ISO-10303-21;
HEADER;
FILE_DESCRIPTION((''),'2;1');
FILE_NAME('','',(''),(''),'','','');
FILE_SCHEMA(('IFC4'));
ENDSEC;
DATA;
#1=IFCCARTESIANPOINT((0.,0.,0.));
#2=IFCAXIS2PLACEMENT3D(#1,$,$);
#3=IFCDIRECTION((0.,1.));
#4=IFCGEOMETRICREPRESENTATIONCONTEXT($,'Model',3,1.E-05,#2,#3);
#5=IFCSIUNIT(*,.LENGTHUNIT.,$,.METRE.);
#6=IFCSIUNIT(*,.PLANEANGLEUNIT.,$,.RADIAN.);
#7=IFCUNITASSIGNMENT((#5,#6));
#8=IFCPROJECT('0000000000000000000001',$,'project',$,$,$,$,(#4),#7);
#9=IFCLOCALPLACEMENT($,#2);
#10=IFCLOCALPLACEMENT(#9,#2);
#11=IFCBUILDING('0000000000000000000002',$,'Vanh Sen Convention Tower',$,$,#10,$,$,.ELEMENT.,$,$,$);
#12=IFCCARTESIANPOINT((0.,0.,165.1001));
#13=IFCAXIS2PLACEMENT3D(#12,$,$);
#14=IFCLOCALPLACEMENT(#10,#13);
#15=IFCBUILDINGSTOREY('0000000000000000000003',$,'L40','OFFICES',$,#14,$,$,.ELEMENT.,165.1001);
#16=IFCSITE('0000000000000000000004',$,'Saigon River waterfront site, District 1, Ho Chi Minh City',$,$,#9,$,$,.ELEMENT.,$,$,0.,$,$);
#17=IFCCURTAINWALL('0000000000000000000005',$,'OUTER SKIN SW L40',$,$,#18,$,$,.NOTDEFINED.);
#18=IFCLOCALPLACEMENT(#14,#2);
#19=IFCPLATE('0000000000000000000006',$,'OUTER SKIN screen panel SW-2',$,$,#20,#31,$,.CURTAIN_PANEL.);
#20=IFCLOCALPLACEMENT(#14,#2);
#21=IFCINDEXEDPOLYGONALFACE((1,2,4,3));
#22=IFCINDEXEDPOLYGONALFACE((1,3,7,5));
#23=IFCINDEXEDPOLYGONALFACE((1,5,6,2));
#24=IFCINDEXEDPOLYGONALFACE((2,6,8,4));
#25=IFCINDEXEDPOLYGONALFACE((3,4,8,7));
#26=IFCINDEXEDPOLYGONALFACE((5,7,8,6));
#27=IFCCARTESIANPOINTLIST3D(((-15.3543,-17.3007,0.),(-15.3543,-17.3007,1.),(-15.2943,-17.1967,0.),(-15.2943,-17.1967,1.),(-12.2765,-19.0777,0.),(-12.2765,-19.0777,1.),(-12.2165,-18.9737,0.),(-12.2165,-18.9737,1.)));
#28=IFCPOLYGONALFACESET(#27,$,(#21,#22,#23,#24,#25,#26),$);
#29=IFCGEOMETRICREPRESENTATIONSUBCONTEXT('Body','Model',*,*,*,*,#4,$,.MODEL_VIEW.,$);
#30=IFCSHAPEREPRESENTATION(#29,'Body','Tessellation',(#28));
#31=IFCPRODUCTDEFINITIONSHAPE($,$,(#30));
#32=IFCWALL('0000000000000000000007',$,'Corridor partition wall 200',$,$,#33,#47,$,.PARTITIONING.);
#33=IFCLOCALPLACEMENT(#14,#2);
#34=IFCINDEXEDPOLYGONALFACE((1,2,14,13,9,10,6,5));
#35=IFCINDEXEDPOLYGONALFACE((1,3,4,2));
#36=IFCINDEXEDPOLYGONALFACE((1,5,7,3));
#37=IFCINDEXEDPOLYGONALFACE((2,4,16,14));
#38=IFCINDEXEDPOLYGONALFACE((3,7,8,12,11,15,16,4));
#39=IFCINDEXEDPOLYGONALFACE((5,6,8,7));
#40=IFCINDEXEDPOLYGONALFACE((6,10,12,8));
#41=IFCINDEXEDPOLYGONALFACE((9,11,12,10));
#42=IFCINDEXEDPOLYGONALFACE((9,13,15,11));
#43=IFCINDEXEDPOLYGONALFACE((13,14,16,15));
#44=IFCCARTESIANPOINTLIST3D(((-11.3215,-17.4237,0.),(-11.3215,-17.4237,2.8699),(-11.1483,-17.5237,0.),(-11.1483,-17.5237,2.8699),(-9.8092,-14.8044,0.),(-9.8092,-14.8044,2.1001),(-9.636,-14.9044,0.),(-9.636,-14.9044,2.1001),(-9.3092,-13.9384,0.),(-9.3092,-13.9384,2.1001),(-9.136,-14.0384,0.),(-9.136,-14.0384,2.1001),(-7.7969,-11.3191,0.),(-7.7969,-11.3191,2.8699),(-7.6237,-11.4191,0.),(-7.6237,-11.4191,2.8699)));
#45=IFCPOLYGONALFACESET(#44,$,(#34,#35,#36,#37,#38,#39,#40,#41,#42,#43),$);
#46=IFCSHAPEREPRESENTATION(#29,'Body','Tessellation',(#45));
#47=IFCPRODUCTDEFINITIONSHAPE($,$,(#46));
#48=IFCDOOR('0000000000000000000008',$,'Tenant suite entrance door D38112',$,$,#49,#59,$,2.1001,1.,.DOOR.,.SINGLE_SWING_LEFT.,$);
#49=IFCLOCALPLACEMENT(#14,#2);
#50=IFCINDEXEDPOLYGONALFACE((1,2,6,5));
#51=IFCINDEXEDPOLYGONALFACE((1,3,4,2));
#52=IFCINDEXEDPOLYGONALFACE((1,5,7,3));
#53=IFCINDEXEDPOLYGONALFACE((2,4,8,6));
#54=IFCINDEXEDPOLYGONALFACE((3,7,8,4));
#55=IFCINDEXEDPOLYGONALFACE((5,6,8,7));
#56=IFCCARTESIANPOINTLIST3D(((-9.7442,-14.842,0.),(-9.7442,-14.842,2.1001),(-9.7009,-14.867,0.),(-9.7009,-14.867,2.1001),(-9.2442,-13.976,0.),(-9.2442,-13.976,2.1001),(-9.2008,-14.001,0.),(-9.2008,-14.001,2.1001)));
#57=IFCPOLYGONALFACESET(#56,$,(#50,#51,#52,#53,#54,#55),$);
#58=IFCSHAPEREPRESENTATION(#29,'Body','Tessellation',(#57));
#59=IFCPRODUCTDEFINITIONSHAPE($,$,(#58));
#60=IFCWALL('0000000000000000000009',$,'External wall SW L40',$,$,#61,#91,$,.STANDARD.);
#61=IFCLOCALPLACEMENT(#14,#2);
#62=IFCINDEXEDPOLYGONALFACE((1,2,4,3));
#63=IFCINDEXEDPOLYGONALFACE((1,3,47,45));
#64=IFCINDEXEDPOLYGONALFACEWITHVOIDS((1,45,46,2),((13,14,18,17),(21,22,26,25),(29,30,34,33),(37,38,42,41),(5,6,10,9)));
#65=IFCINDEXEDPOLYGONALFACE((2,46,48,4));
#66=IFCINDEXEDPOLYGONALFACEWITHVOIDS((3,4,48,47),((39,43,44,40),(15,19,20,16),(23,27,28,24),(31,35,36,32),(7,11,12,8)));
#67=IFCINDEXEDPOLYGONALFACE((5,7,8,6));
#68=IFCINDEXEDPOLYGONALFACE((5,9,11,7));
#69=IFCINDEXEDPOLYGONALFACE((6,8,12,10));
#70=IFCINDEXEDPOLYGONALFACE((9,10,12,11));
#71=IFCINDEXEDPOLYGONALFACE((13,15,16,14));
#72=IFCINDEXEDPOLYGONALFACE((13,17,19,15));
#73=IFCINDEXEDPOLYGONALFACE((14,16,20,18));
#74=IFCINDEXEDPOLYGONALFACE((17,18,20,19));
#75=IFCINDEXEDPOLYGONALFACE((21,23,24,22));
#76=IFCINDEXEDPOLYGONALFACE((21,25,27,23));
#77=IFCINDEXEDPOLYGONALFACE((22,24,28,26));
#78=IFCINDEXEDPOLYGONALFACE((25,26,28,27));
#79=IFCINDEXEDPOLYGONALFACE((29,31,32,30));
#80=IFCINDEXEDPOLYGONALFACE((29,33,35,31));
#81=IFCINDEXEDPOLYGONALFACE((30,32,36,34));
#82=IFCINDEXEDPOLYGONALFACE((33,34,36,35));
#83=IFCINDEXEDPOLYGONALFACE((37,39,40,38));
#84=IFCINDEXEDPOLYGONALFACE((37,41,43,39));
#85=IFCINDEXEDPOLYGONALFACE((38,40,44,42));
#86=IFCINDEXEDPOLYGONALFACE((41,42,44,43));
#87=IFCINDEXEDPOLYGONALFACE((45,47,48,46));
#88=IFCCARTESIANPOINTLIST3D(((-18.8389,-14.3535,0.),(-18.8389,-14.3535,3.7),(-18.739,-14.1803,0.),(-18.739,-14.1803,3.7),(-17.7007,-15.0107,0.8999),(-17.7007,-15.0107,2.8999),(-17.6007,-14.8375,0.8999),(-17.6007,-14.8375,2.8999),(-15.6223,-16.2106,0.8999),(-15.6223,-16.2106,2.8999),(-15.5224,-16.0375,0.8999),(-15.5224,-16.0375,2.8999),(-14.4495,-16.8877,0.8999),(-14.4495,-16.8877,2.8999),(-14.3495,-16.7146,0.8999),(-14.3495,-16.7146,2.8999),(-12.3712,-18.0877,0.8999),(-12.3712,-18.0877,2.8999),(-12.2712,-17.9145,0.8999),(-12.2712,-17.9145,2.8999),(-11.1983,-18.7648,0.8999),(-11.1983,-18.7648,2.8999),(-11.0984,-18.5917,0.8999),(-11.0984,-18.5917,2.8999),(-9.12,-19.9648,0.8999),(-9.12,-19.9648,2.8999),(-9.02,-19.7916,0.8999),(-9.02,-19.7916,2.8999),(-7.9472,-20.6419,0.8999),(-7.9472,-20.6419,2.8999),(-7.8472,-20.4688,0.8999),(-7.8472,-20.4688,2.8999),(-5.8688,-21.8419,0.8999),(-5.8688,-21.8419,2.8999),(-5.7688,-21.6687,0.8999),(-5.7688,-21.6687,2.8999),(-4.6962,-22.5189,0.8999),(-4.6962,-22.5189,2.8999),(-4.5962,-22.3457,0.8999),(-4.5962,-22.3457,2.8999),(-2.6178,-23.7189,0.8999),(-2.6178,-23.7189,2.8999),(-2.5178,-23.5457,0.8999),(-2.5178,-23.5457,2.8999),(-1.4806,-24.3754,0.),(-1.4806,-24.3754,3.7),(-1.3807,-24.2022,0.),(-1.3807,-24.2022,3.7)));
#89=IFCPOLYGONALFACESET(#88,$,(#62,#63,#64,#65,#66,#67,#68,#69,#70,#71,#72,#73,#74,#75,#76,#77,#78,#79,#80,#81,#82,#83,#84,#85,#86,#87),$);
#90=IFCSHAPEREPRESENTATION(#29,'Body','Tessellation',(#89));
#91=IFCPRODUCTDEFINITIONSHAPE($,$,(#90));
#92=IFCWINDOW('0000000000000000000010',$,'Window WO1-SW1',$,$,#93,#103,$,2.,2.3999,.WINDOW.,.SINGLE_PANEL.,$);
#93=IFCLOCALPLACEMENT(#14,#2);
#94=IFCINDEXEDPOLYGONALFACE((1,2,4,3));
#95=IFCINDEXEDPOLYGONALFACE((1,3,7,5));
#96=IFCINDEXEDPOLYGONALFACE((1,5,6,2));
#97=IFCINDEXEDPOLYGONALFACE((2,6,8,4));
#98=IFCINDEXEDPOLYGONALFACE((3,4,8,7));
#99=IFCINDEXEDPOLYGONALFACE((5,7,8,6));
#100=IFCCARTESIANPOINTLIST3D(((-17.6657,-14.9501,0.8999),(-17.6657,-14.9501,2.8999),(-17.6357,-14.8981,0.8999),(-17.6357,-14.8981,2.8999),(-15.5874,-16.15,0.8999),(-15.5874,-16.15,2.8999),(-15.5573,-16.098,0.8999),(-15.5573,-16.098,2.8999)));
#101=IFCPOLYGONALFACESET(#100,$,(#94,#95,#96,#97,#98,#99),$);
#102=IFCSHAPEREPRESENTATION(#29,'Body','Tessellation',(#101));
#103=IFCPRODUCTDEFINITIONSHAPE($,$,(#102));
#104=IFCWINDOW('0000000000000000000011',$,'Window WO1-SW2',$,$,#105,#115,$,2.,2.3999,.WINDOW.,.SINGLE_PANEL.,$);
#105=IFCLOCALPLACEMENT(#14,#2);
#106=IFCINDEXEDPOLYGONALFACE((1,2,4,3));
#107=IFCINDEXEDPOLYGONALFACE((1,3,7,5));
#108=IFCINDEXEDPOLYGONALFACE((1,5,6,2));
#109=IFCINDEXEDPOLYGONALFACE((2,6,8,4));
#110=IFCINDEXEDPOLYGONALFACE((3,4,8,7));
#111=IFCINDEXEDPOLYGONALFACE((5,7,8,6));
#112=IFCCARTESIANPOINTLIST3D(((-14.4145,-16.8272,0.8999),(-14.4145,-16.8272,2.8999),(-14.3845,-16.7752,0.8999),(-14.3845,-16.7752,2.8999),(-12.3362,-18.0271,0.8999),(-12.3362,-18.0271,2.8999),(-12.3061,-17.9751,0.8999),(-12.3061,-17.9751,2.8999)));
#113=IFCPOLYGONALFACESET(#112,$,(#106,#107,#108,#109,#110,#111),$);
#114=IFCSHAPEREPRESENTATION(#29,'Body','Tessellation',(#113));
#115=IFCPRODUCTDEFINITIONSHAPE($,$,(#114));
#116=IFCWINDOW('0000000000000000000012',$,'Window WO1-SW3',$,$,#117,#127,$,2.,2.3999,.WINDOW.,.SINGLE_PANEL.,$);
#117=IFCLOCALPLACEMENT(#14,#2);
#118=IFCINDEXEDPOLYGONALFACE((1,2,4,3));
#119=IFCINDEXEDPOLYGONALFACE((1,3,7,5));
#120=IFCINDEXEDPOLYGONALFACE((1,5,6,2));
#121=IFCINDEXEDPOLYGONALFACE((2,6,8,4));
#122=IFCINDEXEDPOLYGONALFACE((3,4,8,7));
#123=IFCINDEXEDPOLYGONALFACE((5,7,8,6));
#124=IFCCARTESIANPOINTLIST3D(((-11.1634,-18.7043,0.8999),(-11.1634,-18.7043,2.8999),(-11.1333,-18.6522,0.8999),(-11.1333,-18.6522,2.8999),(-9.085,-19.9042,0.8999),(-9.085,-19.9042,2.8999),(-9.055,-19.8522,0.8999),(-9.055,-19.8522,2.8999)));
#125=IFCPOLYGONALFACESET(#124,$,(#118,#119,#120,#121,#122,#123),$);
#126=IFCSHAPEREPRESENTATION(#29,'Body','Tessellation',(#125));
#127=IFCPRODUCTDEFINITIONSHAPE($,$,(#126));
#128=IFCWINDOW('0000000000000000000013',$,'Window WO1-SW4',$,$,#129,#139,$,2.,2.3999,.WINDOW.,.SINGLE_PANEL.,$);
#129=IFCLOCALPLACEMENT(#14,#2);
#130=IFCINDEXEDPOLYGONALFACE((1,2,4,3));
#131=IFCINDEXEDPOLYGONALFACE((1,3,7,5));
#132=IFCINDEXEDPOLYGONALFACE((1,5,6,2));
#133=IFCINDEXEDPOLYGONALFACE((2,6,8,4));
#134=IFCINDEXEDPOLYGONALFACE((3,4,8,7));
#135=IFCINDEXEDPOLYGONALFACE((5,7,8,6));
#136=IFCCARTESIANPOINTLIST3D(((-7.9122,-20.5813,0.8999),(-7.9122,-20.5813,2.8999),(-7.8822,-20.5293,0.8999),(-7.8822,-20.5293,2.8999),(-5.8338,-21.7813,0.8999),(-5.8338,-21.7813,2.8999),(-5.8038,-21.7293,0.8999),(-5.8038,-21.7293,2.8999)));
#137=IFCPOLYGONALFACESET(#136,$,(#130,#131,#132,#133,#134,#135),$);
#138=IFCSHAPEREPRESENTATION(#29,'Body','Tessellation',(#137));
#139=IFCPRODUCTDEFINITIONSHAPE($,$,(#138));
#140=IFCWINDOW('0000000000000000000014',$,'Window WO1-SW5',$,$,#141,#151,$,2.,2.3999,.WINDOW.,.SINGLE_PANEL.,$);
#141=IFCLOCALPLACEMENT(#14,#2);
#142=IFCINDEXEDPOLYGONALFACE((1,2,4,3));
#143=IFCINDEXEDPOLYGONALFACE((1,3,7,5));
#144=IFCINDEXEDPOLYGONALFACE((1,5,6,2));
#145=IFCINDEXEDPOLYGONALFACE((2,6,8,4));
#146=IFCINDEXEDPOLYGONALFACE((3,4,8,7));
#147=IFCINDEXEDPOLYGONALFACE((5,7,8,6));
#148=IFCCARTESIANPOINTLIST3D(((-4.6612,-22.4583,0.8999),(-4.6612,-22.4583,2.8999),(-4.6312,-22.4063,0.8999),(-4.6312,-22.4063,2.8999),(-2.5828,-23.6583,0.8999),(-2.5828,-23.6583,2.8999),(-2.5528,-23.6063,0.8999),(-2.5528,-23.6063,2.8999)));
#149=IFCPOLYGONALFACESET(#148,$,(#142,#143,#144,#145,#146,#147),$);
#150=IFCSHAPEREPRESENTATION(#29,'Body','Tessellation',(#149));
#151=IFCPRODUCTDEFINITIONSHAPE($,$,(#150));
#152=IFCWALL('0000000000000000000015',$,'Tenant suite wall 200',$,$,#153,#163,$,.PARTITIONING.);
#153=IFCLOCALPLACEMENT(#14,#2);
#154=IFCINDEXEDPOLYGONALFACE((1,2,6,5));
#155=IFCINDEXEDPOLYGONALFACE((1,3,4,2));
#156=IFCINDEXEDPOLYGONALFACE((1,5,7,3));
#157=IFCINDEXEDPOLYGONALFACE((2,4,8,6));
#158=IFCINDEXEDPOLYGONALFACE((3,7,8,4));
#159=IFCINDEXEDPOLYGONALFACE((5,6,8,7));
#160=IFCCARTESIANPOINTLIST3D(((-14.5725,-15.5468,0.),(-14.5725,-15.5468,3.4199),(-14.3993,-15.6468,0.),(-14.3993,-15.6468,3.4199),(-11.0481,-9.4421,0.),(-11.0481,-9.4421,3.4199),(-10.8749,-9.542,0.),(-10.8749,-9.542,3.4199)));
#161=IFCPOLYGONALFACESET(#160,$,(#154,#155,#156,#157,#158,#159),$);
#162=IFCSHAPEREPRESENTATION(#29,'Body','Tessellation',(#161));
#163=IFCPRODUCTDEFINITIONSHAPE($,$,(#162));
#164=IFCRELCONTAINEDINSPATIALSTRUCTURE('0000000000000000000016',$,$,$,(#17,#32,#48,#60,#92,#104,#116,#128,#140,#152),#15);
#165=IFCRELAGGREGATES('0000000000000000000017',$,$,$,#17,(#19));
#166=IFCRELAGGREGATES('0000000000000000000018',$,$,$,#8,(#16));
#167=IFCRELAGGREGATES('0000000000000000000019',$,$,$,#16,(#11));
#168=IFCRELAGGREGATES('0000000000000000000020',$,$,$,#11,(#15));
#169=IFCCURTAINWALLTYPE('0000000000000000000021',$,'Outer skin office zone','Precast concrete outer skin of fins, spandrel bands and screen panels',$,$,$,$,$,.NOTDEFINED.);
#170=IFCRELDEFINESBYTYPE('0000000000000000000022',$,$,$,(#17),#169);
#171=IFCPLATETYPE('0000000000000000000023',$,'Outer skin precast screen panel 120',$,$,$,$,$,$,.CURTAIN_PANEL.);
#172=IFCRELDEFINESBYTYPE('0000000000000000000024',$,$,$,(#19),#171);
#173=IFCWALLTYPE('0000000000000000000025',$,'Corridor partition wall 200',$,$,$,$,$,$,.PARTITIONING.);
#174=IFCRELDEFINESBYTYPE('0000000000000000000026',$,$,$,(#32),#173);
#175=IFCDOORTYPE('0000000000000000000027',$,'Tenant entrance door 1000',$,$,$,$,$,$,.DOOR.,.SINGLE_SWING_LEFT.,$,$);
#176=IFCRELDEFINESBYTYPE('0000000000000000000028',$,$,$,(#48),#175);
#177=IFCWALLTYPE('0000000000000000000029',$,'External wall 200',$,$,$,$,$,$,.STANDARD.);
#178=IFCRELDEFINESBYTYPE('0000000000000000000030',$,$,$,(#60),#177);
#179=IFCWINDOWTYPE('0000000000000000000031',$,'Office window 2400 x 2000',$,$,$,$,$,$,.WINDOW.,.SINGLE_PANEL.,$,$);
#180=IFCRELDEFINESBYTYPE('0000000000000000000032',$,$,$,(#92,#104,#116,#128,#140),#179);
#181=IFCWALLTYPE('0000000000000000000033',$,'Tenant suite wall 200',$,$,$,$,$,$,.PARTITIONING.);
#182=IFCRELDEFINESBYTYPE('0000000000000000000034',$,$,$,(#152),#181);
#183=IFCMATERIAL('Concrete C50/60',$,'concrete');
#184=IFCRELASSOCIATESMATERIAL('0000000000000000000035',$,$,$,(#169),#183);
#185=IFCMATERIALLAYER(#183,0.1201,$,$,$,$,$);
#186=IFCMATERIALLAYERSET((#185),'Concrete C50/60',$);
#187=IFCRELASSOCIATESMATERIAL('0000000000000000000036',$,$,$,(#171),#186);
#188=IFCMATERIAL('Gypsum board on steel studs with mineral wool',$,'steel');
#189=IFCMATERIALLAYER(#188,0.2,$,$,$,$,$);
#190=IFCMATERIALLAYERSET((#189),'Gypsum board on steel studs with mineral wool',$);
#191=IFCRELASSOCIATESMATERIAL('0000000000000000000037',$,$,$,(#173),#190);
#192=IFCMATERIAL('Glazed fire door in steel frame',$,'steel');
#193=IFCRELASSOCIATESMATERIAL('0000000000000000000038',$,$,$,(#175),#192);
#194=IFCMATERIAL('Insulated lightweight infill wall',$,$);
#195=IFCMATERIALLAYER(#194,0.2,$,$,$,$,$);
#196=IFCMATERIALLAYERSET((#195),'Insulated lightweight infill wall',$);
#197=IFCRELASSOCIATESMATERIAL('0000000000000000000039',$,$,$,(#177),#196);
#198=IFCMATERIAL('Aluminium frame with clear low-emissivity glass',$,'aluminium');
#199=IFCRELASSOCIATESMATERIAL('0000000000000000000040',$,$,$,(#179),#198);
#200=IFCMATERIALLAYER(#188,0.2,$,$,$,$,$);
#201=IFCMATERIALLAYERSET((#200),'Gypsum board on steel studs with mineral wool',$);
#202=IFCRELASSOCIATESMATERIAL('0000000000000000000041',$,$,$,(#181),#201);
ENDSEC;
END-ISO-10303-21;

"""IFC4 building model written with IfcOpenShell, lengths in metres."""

from ifc_helpers import new_model, si_unit, direction, frame, frame_2d, origin, origin_2d, place, context, subcontext, project, spatial, rectangle, extrude, material, layer, layer_set, type_object, element, fill, aggregate, save


model = new_model("IFC4")

# Units and contexts
model_context = context("Model", 3, precision=1e-05, world=origin(), true_north=direction((0.0, 1.0)))
body_context = subcontext(model_context, "Body", "Model", "MODEL_VIEW")
ifc_project = project(units=[si_unit("LENGTHUNIT", "METRE"), si_unit("PLANEANGLEUNIT", "RADIAN")], contexts=[model_context])

# Site, building, storey
site_placement = place(None, origin())
site = spatial("IfcSite", under=ifc_project, at=site_placement, Name="Saigon River waterfront site, District 1, Ho Chi Minh City", CompositionType="ELEMENT", RefElevation=0.0)
building_placement = place(site_placement, origin())
building = spatial("IfcBuilding", under=site, at=building_placement, Name="Vanh Sen Convention Tower", CompositionType="ELEMENT")
storey_placement = place(building_placement, frame((0.0, 0.0, 165.1001)))
storey = spatial("IfcBuildingStorey", under=building, at=storey_placement, Name="L40", Description="OFFICES", CompositionType="ELEMENT", Elevation=165.1001)

# Curtain wall
ifc_material_1 = material(Name="Concrete C50/60", Category="concrete")
curtain_wall_type = type_object("IfcCurtainWallType", Name="Outer skin office zone", Description="Precast concrete outer skin of fins, spandrel bands and screen panels", PredefinedType="NOTDEFINED", material=ifc_material_1)
curtain_wall_placement = place(storey_placement, origin())
curtain_wall = element("IfcCurtainWall", 1, at=curtain_wall_placement, inside=storey, type_object=curtain_wall_type, Name="OUTER SKIN SW L40", PredefinedType="NOTDEFINED")

# Plate
ifc_layer_1 = layer(ifc_material_1, 0.1201)
ifc_layer_set_1 = layer_set([ifc_layer_1], Name="Concrete C50/60")
plate_type = type_object("IfcPlateType", Name="Outer skin precast screen panel 120", PredefinedType="CURTAIN_PANEL", material=ifc_layer_set_1)
plate_1_placement = place(storey_placement, frame((-13.7854, -18.1372, 0.0), z_axis=(0.0, 0.0, 1.0), x_axis=(0.866028, -0.499995, 0.0)))
plate_1 = element("IfcPlate", 2, at=plate_1_placement, type_object=plate_type, Name="OUTER SKIN screen panel SW-2", PredefinedType="CURTAIN_PANEL", context=body_context, shape_type="SweptSolid", body=[
    extrude(rectangle(XDim=3.554, YDim=0.1201, at=origin_2d()), origin(), (0.0, 0.0, 1.0), 1.0),
])
aggregate(curtain_wall, [plate_1])

# Wall, opening, door
ifc_material_2 = material(Name="Gypsum board on steel studs with mineral wool", Category="steel")
ifc_layer_2 = layer(ifc_material_2, 0.2)
ifc_layer_set_2 = layer_set([ifc_layer_2], Name="Gypsum board on steel studs with mineral wool")
wall_type_1 = type_object("IfcWallType", Name="Corridor partition wall 200", PredefinedType="PARTITIONING", material=ifc_layer_set_2)
wall_1_placement = place(storey_placement, frame((-11.2349, -17.4736, 0.0), z_axis=(0.0, 0.0, 1.0), x_axis=(0.500009, 0.86602, 0.0)))
wall_1 = element("IfcWall", 3, at=wall_1_placement, inside=storey, type_object=wall_type_1, Name="Corridor partition wall 200", PredefinedType="PARTITIONING", context=body_context, shape_type="SweptSolid", body=[
    extrude(rectangle(XDim=7.0491, YDim=0.2, at=frame_2d((3.5244, 0.0))), origin(), (0.0, 0.0, 1.0), 2.8699),
])
opening_1_placement = place(wall_1_placement, frame((3.0244, 0.0, 0.0)))
opening_1 = element("IfcOpeningElement", 4, at=opening_1_placement, cuts=wall_1, PredefinedType="OPENING", context=body_context, shape_type="SweptSolid", body=[
    extrude(rectangle(XDim=1.0, YDim=2.1001, at=frame_2d((0.5, 1.05))), frame((0.0, 0.1099, 0.0), z_axis=(0.0, -1.0, 0.0), x_axis=(1.0, 0.0, 0.0)), (0.0, 0.0, 1.0), 0.22),
])
ifc_material_3 = material(Name="Glazed fire door in steel frame", Category="steel")
door_type = type_object("IfcDoorType", Name="Tenant entrance door 1000", OperationType="SINGLE_SWING_LEFT", PredefinedType="DOOR", material=ifc_material_3)
door_placement = place(opening_1_placement, origin())
door = element("IfcDoor", 5, at=door_placement, inside=storey, type_object=door_type, Name="Tenant suite entrance door D38112", OperationType="SINGLE_SWING_LEFT", OverallHeight=2.1001, OverallWidth=1.0, PredefinedType="DOOR", context=body_context, shape_type="SweptSolid", body=[
    extrude(rectangle(XDim=1.0, YDim=2.1001, at=frame_2d((0.5, 1.05))), frame((0.0, 0.0249, 0.0), z_axis=(0.0, -1.0, 0.0), x_axis=(1.0, 0.0, 0.0)), (0.0, 0.0, 1.0), 0.05),
])
fill(opening_1, door)

# Wall, openings, windows
ifc_material_4 = material(Name="Insulated lightweight infill wall")
ifc_layer_3 = layer(ifc_material_4, 0.2)
ifc_layer_set_3 = layer_set([ifc_layer_3], Name="Insulated lightweight infill wall")
wall_type_2 = type_object("IfcWallType", Name="External wall 200", PredefinedType="STANDARD", material=ifc_layer_set_3)
wall_2_placement = place(storey_placement, frame((-18.7891, -14.2668, 0.0), z_axis=(0.0, 0.0, 1.0), x_axis=(0.866023, -0.500004, 0.0)))
wall_2 = element("IfcWall", 6, at=wall_2_placement, inside=storey, type_object=wall_type_2, Name="External wall SW L40", PredefinedType="STANDARD", context=body_context, shape_type="SweptSolid", body=[
    extrude(rectangle(XDim=20.0437, YDim=0.2, at=frame_2d((10.022, 0.0))), origin(), (0.0, 0.0, 1.0), 3.7),
])
opening_2_placement = place(wall_2_placement, frame((1.3145, 0.0, 0.8999)))
opening_2 = element("IfcOpeningElement", 7, at=opening_2_placement, cuts=wall_2, PredefinedType="OPENING", context=body_context, shape_type="SweptSolid", body=[
    extrude(rectangle(XDim=2.3999, YDim=2.0, at=frame_2d((1.2, 1.0))), frame((0.0, 0.1099, 0.0), z_axis=(0.0, -1.0, 0.0), x_axis=(1.0, 0.0, 0.0)), (0.0, 0.0, 1.0), 0.22),
])
opening_3_placement = place(wall_2_placement, frame((5.0686, 0.0, 0.8999)))
opening_3 = element("IfcOpeningElement", 8, at=opening_3_placement, cuts=wall_2, PredefinedType="OPENING", context=body_context, shape_type="SweptSolid", body=[
    extrude(rectangle(XDim=2.3999, YDim=2.0, at=frame_2d((1.2, 1.0))), frame((0.0, 0.1099, 0.0), z_axis=(0.0, -1.0, 0.0), x_axis=(1.0, 0.0, 0.0)), (0.0, 0.0, 1.0), 0.22),
])
opening_4_placement = place(wall_2_placement, frame((8.8228, 0.0, 0.8999)))
opening_4 = element("IfcOpeningElement", 9, at=opening_4_placement, cuts=wall_2, PredefinedType="OPENING", context=body_context, shape_type="SweptSolid", body=[
    extrude(rectangle(XDim=2.3999, YDim=2.0, at=frame_2d((1.2, 1.0))), frame((0.0, 0.1099, 0.0), z_axis=(0.0, -1.0, 0.0), x_axis=(1.0, 0.0, 0.0)), (0.0, 0.0, 1.0), 0.22),
])
opening_5_placement = place(wall_2_placement, frame((12.5769, 0.0, 0.8999)))
opening_5 = element("IfcOpeningElement", 10, at=opening_5_placement, cuts=wall_2, PredefinedType="OPENING", context=body_context, shape_type="SweptSolid", body=[
    extrude(rectangle(XDim=2.3999, YDim=2.0, at=frame_2d((1.2, 1.0))), frame((0.0, 0.1099, 0.0), z_axis=(0.0, -1.0, 0.0), x_axis=(1.0, 0.0, 0.0)), (0.0, 0.0, 1.0), 0.22),
])
opening_6_placement = place(wall_2_placement, frame((16.3308, 0.0, 0.8999)))
opening_6 = element("IfcOpeningElement", 11, at=opening_6_placement, cuts=wall_2, PredefinedType="OPENING", context=body_context, shape_type="SweptSolid", body=[
    extrude(rectangle(XDim=2.3999, YDim=2.0, at=frame_2d((1.2, 1.0))), frame((0.0, 0.1099, 0.0), z_axis=(0.0, -1.0, 0.0), x_axis=(1.0, 0.0, 0.0)), (0.0, 0.0, 1.0), 0.22),
])
ifc_material_5 = material(Name="Aluminium frame with clear low-emissivity glass", Category="aluminium")
window_type = type_object("IfcWindowType", Name="Office window 2400 x 2000", PartitioningType="SINGLE_PANEL", PredefinedType="WINDOW", material=ifc_material_5)
window_1_placement = place(opening_2_placement, origin())
window_1 = element("IfcWindow", 12, at=window_1_placement, inside=storey, type_object=window_type, Name="Window WO1-SW1", OverallHeight=2.0, OverallWidth=2.3999, PartitioningType="SINGLE_PANEL", PredefinedType="WINDOW", context=body_context, shape_type="SweptSolid", body=[
    extrude(rectangle(XDim=2.3999, YDim=2.0, at=frame_2d((1.2, 1.0))), frame((0.0, 0.03, 0.0), z_axis=(0.0, -1.0, 0.0), x_axis=(1.0, 0.0, 0.0)), (0.0, 0.0, 1.0), 0.0601),
])
fill(opening_2, window_1)
window_2_placement = place(opening_3_placement, origin())
window_2 = element("IfcWindow", 13, at=window_2_placement, inside=storey, type_object=window_type, Name="Window WO1-SW2", OverallHeight=2.0, OverallWidth=2.3999, PartitioningType="SINGLE_PANEL", PredefinedType="WINDOW", context=body_context, shape_type="SweptSolid", body=[
    extrude(rectangle(XDim=2.3999, YDim=2.0, at=frame_2d((1.2, 1.0))), frame((0.0, 0.03, 0.0), z_axis=(0.0, -1.0, 0.0), x_axis=(1.0, 0.0, 0.0)), (0.0, 0.0, 1.0), 0.0601),
])
fill(opening_3, window_2)
window_3_placement = place(opening_4_placement, origin())
window_3 = element("IfcWindow", 14, at=window_3_placement, inside=storey, type_object=window_type, Name="Window WO1-SW3", OverallHeight=2.0, OverallWidth=2.3999, PartitioningType="SINGLE_PANEL", PredefinedType="WINDOW", context=body_context, shape_type="SweptSolid", body=[
    extrude(rectangle(XDim=2.3999, YDim=2.0, at=frame_2d((1.2, 1.0))), frame((0.0, 0.03, 0.0), z_axis=(0.0, -1.0, 0.0), x_axis=(1.0, 0.0, 0.0)), (0.0, 0.0, 1.0), 0.0601),
])
fill(opening_4, window_3)
window_4_placement = place(opening_5_placement, origin())
window_4 = element("IfcWindow", 15, at=window_4_placement, inside=storey, type_object=window_type, Name="Window WO1-SW4", OverallHeight=2.0, OverallWidth=2.3999, PartitioningType="SINGLE_PANEL", PredefinedType="WINDOW", context=body_context, shape_type="SweptSolid", body=[
    extrude(rectangle(XDim=2.3999, YDim=2.0, at=frame_2d((1.2, 1.0))), frame((0.0, 0.03, 0.0), z_axis=(0.0, -1.0, 0.0), x_axis=(1.0, 0.0, 0.0)), (0.0, 0.0, 1.0), 0.0601),
])
fill(opening_5, window_4)
window_5_placement = place(opening_6_placement, origin())
window_5 = element("IfcWindow", 16, at=window_5_placement, inside=storey, type_object=window_type, Name="Window WO1-SW5", OverallHeight=2.0, OverallWidth=2.3999, PartitioningType="SINGLE_PANEL", PredefinedType="WINDOW", context=body_context, shape_type="SweptSolid", body=[
    extrude(rectangle(XDim=2.3999, YDim=2.0, at=frame_2d((1.2, 1.0))), frame((0.0, 0.03, 0.0), z_axis=(0.0, -1.0, 0.0), x_axis=(1.0, 0.0, 0.0)), (0.0, 0.0, 1.0), 0.0601),
])
fill(opening_6, window_5)

# Wall
ifc_layer_4 = layer(ifc_material_2, 0.2)
ifc_layer_set_4 = layer_set([ifc_layer_4], Name="Gypsum board on steel studs with mineral wool")
wall_type_3 = type_object("IfcWallType", Name="Tenant suite wall 200", PredefinedType="PARTITIONING", material=ifc_layer_set_4)
wall_3_placement = place(storey_placement, frame((-14.4858, -15.5967, 0.0), z_axis=(0.0, 0.0, 1.0), x_axis=(0.499983, 0.866035, 0.0)))
element("IfcWall", 17, at=wall_3_placement, inside=storey, type_object=wall_type_3, Name="Tenant suite wall 200", PredefinedType="PARTITIONING", context=body_context, shape_type="SweptSolid", body=[
    extrude(rectangle(XDim=7.0491, YDim=0.2, at=frame_2d((3.5244, 0.0))), origin(), (0.0, 0.0, 1.0), 3.4199),
])

save(model, "model.ifc")
